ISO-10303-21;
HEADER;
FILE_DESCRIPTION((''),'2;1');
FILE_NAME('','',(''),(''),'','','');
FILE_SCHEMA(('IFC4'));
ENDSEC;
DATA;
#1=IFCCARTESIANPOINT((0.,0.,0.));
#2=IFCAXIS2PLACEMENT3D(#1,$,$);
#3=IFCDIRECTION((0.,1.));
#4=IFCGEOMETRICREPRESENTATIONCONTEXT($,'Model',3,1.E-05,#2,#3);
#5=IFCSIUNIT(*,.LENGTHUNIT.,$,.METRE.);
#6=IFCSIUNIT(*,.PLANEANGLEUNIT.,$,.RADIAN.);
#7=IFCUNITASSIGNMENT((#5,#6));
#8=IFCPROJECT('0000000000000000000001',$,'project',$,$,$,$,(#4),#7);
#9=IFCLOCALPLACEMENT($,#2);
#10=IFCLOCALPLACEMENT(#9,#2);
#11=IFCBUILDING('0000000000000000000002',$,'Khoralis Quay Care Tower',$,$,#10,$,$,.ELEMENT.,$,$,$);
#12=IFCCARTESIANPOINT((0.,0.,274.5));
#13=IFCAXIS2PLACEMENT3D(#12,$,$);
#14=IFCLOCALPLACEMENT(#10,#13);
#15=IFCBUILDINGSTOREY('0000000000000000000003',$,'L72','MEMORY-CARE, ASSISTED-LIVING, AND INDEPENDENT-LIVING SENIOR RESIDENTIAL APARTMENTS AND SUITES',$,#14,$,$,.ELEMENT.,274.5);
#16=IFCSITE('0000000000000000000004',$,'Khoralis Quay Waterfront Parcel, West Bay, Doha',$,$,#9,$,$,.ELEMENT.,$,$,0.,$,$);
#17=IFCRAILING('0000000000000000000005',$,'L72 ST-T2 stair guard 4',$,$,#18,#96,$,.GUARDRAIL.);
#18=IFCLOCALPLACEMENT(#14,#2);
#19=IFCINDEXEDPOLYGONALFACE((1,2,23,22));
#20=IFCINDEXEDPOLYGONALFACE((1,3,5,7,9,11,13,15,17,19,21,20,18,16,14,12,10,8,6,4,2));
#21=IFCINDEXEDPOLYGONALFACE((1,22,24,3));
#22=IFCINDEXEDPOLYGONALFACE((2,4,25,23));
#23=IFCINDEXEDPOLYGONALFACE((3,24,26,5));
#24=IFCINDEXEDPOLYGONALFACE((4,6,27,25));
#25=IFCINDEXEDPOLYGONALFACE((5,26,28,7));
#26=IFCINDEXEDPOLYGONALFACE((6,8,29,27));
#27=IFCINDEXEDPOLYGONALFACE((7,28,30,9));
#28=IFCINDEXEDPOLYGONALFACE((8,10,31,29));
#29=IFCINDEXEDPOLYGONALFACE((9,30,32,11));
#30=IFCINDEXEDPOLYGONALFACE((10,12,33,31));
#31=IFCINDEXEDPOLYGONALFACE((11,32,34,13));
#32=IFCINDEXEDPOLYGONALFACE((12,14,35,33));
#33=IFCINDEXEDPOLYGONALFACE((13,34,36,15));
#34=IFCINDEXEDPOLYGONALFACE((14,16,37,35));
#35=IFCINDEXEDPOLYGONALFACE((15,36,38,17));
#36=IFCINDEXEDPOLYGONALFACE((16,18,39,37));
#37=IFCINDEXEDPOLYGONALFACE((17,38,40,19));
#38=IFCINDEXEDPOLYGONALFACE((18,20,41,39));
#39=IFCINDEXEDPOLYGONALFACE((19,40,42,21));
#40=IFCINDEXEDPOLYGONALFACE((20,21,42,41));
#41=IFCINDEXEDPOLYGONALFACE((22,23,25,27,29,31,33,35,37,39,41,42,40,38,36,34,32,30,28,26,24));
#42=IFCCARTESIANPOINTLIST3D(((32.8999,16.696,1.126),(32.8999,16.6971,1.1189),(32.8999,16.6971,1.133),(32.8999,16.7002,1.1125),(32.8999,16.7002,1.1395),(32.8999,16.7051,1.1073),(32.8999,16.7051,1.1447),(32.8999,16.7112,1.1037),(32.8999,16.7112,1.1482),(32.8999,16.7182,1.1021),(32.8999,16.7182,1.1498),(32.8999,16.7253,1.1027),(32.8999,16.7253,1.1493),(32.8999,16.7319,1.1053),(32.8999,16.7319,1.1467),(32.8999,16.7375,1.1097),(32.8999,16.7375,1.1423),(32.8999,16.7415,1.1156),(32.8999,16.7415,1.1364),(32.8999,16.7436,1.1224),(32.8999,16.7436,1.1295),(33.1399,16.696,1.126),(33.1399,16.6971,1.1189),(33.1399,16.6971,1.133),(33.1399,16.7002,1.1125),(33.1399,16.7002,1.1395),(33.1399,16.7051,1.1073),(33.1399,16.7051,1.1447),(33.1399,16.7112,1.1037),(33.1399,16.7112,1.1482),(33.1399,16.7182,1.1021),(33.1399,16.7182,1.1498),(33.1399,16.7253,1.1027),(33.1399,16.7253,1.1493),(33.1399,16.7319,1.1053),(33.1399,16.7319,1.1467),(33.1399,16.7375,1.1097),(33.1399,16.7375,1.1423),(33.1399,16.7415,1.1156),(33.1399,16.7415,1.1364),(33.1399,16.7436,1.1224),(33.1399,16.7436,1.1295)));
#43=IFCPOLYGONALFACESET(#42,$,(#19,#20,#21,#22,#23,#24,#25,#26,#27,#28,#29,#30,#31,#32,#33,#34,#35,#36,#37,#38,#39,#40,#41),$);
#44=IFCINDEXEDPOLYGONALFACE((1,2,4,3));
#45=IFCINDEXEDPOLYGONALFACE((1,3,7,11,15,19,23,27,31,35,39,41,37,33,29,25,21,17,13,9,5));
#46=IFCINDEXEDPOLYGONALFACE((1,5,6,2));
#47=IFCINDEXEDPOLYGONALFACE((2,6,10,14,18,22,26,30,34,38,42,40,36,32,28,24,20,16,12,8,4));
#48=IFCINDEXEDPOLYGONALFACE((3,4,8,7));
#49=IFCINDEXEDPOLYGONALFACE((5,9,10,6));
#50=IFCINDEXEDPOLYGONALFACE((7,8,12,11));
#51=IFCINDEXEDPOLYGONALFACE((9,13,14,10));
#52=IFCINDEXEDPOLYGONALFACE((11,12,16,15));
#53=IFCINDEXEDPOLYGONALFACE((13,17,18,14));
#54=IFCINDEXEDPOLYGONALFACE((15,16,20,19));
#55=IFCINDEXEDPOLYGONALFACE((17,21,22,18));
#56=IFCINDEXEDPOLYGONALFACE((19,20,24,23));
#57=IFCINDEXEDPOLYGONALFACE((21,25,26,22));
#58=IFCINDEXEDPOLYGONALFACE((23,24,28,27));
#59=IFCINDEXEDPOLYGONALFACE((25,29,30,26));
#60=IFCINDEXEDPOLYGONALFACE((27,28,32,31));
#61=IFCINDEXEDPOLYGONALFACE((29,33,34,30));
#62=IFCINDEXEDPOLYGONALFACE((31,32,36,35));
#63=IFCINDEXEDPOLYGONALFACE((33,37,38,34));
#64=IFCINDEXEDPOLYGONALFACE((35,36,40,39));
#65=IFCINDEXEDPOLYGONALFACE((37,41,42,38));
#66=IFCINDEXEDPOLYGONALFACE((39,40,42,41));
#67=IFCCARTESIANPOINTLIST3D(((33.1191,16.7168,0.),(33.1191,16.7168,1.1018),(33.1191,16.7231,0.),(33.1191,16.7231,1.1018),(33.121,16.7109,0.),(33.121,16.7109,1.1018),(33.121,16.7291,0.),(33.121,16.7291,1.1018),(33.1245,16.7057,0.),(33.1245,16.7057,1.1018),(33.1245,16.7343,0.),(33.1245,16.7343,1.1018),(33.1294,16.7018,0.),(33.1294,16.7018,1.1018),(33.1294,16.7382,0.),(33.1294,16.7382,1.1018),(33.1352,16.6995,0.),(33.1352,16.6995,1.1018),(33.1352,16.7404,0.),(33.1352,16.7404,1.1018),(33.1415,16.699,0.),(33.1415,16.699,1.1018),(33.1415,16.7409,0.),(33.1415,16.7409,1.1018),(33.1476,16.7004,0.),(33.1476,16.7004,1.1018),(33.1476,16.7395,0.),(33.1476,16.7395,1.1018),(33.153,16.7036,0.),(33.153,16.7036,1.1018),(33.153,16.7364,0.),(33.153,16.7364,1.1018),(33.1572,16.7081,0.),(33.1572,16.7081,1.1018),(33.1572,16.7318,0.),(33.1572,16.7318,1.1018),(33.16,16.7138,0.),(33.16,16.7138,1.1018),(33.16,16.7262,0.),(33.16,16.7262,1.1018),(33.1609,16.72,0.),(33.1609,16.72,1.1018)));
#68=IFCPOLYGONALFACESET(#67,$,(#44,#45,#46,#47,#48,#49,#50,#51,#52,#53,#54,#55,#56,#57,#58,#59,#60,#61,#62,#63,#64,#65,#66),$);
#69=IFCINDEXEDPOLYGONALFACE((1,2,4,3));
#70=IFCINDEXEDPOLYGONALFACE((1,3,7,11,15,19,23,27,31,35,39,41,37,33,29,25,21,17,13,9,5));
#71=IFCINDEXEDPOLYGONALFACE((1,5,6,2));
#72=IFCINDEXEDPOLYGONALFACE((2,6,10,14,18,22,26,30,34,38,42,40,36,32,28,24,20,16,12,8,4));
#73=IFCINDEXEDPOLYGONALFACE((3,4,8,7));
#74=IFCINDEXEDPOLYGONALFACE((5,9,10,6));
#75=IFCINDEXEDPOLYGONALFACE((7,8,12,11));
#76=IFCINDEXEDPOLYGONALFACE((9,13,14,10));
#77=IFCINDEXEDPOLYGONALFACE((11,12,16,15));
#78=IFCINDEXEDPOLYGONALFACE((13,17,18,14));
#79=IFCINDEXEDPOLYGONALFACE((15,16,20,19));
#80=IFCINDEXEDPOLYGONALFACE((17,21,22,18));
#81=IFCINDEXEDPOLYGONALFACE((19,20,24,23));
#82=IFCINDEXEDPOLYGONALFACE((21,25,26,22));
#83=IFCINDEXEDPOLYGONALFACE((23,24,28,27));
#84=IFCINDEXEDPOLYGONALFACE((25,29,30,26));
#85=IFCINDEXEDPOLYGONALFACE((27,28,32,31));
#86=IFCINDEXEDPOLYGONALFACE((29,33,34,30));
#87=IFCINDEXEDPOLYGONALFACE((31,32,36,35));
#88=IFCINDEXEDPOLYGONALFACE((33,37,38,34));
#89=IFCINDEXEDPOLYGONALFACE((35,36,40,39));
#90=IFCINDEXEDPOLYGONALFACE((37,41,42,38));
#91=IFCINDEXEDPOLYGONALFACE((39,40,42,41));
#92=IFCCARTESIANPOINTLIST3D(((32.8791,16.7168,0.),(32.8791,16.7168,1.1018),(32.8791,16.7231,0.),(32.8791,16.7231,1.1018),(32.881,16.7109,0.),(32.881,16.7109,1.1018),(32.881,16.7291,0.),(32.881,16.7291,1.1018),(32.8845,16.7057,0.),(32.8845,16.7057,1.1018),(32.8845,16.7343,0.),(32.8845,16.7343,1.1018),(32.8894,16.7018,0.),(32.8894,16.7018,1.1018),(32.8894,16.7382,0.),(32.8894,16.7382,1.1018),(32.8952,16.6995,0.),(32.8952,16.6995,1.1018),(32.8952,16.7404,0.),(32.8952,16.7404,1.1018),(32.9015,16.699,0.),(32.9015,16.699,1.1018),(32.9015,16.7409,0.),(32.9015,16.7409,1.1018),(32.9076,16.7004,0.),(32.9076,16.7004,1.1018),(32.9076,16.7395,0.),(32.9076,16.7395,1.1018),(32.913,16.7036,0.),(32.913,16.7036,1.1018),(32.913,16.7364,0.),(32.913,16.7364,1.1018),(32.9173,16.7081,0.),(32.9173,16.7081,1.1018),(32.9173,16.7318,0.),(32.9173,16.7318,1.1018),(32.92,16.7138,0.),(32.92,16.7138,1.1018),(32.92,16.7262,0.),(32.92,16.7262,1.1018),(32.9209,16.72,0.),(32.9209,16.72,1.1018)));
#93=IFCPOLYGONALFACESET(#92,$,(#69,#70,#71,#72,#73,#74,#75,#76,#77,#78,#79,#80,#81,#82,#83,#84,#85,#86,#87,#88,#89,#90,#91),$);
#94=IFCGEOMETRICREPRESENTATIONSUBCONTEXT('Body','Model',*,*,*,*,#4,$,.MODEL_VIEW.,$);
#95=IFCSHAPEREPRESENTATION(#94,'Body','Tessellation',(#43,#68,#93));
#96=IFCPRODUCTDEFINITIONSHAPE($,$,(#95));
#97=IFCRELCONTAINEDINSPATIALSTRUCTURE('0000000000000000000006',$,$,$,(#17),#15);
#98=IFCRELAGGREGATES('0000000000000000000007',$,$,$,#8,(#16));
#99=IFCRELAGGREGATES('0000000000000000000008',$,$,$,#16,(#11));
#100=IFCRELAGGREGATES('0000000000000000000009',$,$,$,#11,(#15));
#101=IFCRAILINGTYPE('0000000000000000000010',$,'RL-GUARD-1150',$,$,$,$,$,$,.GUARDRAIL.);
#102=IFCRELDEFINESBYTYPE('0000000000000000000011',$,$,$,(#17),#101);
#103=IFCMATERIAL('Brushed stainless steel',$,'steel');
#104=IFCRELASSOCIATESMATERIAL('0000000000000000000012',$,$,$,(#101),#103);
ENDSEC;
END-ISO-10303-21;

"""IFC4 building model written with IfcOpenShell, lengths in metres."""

from ifc_helpers import new_model, si_unit, direction, frame, origin, origin_2d, place, context, subcontext, project, spatial, circle, extrude, material, type_object, element, save


model = new_model("IFC4")

# Units and contexts
model_context = context("Model", 3, precision=1e-05, world=origin(), true_north=direction((0.0, 1.0)))
body_context = subcontext(model_context, "Body", "Model", "MODEL_VIEW")
ifc_project = project(units=[si_unit("LENGTHUNIT", "METRE"), si_unit("PLANEANGLEUNIT", "RADIAN")], contexts=[model_context])

# Site, building, storey
site_placement = place(None, origin())
site = spatial("IfcSite", under=ifc_project, at=site_placement, Name="Khoralis Quay Waterfront Parcel, West Bay, Doha", CompositionType="ELEMENT", RefElevation=0.0)
building_placement = place(site_placement, origin())
building = spatial("IfcBuilding", under=site, at=building_placement, Name="Khoralis Quay Care Tower", CompositionType="ELEMENT")
storey_placement = place(building_placement, frame((0.0, 0.0, 274.5)))
storey = spatial("IfcBuildingStorey", under=building, at=storey_placement, Name="L72", Description="MEMORY-CARE, ASSISTED-LIVING, AND INDEPENDENT-LIVING SENIOR RESIDENTIAL APARTMENTS AND SUITES", CompositionType="ELEMENT", Elevation=274.5)

# Shared definitions
ifc_material_1 = material(Name="Brushed stainless steel", Category="steel")

# Railing
railing_type_1 = type_object("IfcRailingType", Name="RL-GUARD-1150", PredefinedType="GUARDRAIL", material=ifc_material_1)
railing_1_placement = place(storey_placement, frame((33.1399, 16.72, 0.0)))
element("IfcRailing", 1, at=railing_1_placement, inside=storey, type_object=railing_type_1, Name="L72 ST-T2 stair guard 4", PredefinedType="GUARDRAIL", context=body_context, shape_type="SweptSolid", body=[
    extrude(circle(Radius=0.0239, at=origin_2d()), frame((0.0, 0.0, 1.126), z_axis=(-1.0, 0.0, 0.0), x_axis=(0.0, -1.0, 0.0)), (0.0, 0.0, 1.0), 0.24),
    extrude(circle(Radius=0.021, at=origin_2d()), origin(), (0.0, 0.0, 1.0), 1.1018),
    extrude(circle(Radius=0.021, at=origin_2d()), frame((-0.24, 0.0, 0.0)), (0.0, 0.0, 1.0), 1.1018),
])

save(model, "model.ifc")
